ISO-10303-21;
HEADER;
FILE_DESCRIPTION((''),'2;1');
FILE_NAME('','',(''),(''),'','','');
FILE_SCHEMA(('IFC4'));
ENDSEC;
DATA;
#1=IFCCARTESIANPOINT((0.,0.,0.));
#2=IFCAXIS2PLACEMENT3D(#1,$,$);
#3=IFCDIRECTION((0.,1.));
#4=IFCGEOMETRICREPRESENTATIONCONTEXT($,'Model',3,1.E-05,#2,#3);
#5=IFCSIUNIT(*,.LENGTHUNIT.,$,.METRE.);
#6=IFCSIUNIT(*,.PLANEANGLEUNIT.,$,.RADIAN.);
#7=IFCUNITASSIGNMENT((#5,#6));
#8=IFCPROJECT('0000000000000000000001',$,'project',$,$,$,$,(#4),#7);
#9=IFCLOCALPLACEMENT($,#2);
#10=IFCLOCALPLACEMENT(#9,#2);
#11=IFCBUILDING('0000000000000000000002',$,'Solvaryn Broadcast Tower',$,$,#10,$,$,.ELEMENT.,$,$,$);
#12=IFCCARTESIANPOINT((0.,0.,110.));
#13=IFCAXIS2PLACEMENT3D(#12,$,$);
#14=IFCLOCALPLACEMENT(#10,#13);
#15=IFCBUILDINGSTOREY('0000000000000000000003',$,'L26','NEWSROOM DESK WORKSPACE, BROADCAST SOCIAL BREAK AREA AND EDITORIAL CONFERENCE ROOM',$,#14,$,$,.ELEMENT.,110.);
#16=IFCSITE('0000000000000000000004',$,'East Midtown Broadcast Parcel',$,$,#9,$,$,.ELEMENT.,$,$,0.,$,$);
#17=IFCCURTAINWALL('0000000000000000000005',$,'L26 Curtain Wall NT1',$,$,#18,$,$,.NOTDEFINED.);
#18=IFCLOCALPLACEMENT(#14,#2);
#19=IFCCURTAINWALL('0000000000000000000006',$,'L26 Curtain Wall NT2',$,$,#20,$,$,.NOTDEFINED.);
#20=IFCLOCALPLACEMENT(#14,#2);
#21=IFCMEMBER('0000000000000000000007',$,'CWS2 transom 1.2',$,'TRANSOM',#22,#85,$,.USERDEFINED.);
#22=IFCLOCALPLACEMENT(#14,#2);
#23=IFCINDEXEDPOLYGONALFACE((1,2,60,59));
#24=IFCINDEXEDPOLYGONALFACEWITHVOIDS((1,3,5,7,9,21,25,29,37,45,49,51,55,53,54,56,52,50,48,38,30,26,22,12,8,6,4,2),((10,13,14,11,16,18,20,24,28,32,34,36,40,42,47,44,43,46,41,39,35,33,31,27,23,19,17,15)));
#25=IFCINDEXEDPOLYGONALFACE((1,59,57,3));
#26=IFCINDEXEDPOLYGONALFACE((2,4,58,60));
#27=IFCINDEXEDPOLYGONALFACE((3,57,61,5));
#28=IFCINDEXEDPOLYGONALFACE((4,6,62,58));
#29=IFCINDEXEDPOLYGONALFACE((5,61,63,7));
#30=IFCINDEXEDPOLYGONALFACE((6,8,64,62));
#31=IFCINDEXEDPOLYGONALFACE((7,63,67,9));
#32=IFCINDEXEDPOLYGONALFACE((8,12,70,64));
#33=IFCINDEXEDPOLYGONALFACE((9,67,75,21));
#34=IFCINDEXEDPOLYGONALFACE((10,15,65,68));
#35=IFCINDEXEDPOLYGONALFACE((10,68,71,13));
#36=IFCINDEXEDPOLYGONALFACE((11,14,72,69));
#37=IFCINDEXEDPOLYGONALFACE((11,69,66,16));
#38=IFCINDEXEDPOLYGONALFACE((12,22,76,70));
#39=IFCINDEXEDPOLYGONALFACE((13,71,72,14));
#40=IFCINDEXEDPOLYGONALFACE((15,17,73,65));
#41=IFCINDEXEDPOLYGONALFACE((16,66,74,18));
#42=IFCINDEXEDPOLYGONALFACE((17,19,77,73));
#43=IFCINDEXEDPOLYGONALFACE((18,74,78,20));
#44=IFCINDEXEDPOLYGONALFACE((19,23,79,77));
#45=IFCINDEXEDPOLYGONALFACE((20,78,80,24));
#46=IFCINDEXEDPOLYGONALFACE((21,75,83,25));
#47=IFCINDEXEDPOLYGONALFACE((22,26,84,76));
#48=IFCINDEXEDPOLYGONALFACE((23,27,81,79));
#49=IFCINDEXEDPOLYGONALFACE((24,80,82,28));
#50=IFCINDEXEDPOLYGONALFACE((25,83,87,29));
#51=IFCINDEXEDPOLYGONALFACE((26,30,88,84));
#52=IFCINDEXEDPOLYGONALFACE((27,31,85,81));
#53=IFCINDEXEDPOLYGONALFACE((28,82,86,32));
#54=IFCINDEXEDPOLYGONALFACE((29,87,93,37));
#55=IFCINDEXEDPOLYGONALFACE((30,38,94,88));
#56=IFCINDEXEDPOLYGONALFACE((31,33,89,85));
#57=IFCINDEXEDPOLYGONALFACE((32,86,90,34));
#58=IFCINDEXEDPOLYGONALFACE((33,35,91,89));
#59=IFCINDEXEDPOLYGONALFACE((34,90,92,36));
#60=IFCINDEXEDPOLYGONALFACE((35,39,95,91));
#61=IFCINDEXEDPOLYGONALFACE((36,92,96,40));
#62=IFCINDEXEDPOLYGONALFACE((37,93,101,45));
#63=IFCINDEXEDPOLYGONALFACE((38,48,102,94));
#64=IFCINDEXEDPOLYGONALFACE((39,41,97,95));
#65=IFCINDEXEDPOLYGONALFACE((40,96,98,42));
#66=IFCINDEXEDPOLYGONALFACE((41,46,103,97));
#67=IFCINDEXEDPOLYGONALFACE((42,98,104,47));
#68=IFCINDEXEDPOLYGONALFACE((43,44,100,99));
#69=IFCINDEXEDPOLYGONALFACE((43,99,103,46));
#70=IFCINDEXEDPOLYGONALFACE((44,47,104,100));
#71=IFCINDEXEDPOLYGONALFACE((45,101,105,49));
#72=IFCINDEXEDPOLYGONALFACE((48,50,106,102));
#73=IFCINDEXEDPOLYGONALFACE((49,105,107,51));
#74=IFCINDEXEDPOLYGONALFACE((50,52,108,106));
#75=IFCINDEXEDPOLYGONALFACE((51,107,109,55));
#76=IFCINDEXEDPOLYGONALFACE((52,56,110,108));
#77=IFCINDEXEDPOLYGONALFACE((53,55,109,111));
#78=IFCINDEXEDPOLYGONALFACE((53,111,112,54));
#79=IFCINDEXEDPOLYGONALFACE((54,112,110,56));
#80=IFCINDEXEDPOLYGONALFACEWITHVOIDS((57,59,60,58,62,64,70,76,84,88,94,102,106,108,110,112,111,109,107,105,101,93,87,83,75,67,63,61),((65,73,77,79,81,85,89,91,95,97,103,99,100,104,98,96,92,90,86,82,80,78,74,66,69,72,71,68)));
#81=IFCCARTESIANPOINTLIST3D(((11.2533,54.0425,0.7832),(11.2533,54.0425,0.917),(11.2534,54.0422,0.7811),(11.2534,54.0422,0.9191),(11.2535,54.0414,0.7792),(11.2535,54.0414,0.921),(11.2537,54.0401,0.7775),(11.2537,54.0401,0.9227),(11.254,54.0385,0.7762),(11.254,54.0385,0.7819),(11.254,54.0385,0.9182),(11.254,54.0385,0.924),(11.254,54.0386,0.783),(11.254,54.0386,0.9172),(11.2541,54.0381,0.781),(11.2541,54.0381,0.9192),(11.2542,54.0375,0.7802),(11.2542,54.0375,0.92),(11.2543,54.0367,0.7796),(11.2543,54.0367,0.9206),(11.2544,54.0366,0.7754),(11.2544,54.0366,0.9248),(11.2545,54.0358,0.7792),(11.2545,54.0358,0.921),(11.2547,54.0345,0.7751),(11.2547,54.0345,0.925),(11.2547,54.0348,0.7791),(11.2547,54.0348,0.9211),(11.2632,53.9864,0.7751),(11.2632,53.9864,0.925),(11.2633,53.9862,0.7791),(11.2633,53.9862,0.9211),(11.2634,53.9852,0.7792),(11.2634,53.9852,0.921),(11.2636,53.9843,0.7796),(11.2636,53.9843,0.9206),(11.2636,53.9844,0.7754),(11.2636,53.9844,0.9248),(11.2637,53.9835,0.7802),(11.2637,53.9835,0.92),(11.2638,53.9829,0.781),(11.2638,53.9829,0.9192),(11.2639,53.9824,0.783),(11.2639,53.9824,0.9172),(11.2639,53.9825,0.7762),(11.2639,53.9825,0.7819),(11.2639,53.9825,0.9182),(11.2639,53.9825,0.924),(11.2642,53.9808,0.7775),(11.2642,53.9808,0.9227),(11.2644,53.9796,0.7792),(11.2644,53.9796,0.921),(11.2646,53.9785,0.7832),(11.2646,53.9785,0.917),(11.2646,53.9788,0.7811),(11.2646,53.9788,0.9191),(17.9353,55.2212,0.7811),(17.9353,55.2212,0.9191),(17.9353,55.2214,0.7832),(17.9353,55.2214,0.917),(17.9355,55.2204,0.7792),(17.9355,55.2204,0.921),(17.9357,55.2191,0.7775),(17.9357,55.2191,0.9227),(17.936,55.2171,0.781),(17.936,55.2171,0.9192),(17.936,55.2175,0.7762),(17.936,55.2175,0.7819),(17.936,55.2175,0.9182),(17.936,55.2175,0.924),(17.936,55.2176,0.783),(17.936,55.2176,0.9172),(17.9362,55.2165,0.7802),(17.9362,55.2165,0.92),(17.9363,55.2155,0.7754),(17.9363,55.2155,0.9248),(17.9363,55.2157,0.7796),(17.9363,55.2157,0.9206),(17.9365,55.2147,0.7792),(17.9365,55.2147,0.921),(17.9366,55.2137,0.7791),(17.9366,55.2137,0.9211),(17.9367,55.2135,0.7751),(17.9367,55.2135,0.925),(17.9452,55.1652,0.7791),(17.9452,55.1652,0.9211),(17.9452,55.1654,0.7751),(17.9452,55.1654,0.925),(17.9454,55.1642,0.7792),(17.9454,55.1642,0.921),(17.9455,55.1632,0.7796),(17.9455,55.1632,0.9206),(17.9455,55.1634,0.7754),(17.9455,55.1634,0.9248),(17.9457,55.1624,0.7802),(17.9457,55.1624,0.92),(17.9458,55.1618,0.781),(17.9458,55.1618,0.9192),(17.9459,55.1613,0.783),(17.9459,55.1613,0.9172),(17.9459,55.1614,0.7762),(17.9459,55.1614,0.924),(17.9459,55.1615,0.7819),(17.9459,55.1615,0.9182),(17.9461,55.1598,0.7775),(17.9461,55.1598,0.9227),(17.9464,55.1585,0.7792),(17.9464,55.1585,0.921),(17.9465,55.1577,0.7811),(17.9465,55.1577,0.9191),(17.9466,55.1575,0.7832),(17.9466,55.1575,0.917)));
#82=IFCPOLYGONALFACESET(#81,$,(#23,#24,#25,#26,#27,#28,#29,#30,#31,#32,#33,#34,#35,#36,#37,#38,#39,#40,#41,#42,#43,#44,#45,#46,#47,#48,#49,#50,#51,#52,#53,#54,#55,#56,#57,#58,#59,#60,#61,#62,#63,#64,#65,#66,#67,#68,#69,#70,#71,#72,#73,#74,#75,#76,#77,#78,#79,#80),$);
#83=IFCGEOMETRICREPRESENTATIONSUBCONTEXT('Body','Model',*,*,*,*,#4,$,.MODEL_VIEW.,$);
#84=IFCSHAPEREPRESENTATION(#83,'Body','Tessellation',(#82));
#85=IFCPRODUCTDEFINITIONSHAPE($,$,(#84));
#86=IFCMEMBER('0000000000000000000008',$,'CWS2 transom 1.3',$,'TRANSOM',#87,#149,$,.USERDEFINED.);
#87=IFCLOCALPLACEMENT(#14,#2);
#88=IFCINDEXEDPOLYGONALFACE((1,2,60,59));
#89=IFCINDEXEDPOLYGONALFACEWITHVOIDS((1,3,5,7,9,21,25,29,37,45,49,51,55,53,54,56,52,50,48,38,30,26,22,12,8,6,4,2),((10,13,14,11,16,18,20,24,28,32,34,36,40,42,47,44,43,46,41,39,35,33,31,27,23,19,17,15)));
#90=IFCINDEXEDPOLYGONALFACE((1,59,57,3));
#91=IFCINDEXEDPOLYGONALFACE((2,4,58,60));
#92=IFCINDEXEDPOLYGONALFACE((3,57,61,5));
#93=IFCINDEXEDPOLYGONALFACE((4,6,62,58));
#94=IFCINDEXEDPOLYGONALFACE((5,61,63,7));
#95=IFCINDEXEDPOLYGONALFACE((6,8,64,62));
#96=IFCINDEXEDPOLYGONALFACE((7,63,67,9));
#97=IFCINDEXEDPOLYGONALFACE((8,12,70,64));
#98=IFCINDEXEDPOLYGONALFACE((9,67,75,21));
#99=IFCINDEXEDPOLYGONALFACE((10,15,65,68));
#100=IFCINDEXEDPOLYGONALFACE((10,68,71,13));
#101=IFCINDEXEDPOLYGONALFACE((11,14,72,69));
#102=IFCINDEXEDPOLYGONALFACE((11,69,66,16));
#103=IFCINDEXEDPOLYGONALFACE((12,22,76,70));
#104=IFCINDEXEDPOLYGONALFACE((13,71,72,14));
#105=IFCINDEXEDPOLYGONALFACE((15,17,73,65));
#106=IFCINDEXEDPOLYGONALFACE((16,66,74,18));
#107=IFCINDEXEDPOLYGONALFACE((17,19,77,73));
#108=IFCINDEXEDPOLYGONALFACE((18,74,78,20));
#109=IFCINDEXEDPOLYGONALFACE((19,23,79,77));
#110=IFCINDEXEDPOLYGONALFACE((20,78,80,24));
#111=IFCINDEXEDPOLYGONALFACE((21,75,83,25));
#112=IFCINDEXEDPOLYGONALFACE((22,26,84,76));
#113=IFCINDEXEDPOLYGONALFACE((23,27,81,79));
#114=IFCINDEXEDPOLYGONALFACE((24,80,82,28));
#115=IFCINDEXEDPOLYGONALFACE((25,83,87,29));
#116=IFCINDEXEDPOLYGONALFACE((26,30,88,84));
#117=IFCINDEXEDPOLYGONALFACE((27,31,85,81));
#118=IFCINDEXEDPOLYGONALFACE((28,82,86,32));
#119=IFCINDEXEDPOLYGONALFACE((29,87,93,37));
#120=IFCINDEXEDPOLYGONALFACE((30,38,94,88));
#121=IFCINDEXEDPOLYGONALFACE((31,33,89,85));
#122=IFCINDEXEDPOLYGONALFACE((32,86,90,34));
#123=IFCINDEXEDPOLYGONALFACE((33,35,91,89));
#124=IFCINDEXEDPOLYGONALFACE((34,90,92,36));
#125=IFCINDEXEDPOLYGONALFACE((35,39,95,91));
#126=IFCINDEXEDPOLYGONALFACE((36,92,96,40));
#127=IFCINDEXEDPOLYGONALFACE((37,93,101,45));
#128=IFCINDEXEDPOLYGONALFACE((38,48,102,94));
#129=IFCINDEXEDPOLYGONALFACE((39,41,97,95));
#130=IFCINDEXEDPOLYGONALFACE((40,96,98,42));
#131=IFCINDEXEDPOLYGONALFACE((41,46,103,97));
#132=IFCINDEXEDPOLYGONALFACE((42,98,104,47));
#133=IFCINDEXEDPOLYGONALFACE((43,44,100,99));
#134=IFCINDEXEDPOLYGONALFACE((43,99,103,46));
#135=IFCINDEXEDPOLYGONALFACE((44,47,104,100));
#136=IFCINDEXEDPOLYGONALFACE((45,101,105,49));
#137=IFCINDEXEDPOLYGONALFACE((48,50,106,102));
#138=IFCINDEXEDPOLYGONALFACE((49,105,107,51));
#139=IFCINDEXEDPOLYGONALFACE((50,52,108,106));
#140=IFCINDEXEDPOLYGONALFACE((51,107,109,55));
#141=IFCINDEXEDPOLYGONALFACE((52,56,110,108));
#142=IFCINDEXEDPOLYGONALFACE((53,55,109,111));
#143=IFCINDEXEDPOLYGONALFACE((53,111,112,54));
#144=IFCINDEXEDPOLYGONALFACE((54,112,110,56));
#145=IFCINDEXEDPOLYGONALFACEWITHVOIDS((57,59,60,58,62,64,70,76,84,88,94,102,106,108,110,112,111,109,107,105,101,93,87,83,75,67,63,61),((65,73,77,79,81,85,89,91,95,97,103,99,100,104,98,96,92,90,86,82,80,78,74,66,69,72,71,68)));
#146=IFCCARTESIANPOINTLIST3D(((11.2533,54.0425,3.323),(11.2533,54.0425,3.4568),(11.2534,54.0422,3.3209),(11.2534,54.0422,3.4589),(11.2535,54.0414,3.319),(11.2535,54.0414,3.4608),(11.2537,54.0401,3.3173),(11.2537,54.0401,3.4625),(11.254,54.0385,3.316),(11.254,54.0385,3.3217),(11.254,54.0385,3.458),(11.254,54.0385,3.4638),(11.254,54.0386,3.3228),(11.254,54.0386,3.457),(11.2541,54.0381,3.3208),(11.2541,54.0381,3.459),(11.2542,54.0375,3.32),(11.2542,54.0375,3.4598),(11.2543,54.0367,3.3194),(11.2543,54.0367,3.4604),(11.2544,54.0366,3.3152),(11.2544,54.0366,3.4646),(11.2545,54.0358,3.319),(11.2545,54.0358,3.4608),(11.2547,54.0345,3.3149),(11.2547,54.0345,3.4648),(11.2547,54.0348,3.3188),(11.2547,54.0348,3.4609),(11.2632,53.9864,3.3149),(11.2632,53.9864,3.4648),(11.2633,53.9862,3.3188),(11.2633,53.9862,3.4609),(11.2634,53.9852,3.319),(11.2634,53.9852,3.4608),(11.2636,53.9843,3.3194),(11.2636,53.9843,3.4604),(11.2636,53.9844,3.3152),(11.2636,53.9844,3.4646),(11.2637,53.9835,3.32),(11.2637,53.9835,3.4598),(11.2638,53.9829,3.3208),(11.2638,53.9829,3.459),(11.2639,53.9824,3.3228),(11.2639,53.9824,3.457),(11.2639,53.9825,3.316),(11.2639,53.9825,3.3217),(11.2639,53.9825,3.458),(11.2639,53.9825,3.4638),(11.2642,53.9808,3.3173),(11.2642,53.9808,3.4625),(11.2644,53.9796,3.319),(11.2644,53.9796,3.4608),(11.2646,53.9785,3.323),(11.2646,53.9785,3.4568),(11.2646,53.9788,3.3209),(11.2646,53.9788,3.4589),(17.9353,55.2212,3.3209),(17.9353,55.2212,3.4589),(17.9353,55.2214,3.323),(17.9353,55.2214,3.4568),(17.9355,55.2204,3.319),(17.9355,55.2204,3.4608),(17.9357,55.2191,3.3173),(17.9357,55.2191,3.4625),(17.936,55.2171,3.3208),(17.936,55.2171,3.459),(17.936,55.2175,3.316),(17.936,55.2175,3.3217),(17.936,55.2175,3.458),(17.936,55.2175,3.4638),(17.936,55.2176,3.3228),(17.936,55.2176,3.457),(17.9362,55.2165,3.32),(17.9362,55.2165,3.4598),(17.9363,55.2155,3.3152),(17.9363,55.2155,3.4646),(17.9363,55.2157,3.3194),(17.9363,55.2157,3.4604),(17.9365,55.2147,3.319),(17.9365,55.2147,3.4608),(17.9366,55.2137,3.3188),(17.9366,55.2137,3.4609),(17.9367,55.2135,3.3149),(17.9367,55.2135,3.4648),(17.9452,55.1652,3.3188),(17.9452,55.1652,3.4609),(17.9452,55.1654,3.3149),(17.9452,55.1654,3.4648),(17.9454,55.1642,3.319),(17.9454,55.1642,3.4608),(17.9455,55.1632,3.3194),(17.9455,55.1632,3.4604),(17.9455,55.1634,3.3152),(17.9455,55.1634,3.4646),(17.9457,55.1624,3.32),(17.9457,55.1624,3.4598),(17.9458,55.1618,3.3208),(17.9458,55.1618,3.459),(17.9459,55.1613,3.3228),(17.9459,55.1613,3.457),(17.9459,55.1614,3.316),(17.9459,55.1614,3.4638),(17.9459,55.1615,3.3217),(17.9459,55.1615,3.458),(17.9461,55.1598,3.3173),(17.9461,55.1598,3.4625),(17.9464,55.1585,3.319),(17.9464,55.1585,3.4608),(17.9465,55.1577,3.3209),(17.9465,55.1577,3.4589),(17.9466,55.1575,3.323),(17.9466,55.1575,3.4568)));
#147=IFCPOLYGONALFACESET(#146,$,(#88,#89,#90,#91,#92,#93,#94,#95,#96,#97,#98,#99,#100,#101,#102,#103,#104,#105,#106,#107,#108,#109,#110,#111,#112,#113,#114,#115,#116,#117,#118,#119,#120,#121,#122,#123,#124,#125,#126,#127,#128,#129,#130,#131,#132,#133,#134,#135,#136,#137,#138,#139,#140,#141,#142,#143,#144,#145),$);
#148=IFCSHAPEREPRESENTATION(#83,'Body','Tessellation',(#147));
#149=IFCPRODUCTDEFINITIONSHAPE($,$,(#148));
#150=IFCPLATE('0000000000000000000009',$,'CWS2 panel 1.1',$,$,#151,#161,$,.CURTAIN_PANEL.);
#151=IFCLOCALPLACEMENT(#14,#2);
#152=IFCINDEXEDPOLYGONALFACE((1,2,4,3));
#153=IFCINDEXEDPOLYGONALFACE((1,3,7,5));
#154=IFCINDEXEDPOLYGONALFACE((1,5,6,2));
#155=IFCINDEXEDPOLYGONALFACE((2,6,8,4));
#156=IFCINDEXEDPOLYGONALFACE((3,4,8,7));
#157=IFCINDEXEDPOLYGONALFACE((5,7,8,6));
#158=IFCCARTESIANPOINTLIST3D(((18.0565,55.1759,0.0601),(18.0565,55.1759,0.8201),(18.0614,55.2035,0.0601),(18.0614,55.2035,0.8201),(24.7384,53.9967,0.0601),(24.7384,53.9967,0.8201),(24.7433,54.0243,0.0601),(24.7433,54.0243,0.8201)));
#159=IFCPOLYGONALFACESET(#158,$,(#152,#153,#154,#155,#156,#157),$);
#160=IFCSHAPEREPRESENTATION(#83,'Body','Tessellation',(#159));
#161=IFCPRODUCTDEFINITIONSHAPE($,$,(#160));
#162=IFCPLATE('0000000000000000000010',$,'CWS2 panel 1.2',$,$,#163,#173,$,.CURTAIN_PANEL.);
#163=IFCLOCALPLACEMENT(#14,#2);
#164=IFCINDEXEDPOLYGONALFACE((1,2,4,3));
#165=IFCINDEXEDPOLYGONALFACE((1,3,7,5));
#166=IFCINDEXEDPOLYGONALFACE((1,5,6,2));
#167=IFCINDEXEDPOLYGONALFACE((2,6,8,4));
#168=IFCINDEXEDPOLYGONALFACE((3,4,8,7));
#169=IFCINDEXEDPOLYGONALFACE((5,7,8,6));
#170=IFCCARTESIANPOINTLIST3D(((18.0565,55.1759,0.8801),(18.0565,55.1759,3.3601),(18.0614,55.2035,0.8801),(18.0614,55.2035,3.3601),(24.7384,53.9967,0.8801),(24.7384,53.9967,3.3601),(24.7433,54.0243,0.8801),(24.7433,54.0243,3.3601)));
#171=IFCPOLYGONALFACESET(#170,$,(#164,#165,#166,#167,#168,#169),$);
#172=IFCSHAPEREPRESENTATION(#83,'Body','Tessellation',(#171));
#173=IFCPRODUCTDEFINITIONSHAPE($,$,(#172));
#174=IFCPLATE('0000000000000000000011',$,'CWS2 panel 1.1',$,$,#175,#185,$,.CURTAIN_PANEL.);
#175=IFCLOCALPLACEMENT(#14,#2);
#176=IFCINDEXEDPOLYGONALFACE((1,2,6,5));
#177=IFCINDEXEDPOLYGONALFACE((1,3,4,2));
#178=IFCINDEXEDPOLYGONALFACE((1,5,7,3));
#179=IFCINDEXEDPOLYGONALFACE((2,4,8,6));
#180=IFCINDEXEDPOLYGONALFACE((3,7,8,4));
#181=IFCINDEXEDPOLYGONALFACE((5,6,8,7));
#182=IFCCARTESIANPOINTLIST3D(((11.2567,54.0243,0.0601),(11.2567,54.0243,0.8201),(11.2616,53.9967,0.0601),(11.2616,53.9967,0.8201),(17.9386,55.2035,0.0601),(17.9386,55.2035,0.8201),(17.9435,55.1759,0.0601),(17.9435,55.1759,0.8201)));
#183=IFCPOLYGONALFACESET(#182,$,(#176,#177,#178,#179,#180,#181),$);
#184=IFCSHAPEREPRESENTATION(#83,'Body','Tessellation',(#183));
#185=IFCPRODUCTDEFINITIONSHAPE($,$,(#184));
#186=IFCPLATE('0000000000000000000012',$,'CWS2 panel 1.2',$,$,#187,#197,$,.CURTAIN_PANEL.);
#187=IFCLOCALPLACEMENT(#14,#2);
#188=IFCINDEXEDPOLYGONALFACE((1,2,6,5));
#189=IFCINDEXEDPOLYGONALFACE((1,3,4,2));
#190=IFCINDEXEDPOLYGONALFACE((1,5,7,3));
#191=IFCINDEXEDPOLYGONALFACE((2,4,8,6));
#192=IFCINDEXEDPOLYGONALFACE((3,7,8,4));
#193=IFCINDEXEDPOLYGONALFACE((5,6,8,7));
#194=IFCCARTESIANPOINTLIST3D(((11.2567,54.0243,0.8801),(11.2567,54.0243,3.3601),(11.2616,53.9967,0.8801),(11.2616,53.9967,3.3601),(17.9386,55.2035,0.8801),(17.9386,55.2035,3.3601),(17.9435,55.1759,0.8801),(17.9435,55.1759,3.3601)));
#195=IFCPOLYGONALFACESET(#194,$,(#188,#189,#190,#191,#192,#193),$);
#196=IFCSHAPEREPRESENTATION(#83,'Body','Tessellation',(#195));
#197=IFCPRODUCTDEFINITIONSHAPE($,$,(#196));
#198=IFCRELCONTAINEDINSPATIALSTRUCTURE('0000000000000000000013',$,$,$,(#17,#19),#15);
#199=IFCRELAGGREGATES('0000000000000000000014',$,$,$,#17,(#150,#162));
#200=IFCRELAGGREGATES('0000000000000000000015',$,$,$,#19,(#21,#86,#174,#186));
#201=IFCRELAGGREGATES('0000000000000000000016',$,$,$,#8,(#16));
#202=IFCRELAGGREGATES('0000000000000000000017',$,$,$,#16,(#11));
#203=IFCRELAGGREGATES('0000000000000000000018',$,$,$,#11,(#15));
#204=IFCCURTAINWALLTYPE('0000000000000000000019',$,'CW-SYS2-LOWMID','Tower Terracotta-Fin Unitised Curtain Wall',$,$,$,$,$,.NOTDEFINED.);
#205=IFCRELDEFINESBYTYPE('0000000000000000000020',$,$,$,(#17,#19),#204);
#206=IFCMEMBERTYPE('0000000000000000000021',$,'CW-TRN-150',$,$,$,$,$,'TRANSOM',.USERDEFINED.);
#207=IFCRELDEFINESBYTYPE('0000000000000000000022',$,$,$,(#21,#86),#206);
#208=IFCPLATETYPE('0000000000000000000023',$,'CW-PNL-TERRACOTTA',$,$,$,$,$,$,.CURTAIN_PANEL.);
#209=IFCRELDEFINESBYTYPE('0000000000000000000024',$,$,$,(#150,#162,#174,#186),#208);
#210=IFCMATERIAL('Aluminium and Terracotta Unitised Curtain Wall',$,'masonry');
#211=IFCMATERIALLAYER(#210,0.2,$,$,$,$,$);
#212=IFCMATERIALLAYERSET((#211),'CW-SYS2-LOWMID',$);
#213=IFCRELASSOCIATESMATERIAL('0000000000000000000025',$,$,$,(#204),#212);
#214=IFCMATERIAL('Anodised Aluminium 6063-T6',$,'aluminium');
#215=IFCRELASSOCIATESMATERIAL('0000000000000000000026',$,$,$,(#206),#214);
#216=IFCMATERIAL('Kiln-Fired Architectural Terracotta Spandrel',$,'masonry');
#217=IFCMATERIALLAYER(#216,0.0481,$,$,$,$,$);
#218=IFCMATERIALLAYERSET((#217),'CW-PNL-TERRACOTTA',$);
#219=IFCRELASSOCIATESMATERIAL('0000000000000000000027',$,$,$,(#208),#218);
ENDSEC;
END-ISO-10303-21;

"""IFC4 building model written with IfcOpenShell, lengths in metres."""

from ifc_helpers import new_model, si_unit, direction, frame, origin, origin_2d, place, context, subcontext, project, spatial, rectangle, hollow_rectangle, extrude, material, layer, layer_set, material_profile, profile_set, type_object, element, aggregate, save


model = new_model("IFC4")

# Units and contexts
model_context = context("Model", 3, precision=1e-05, world=origin(), true_north=direction((0.0, 1.0)))
body_context = subcontext(model_context, "Body", "Model", "MODEL_VIEW")
ifc_project = project(units=[si_unit("LENGTHUNIT", "METRE"), si_unit("PLANEANGLEUNIT", "RADIAN")], contexts=[model_context])

# Site, building, storey
site_placement = place(None, origin())
site = spatial("IfcSite", under=ifc_project, at=site_placement, Name="East Midtown Broadcast Parcel", CompositionType="ELEMENT", RefElevation=0.0)
building_placement = place(site_placement, origin())
building = spatial("IfcBuilding", under=site, at=building_placement, Name="Solvaryn Broadcast Tower", CompositionType="ELEMENT")
storey_placement = place(building_placement, frame((0.0, 0.0, 110.0)))
storey = spatial("IfcBuildingStorey", under=building, at=storey_placement, Name="L26", Description="NEWSROOM DESK WORKSPACE, BROADCAST SOCIAL BREAK AREA AND EDITORIAL CONFERENCE ROOM", CompositionType="ELEMENT", Elevation=110.0)

# Curtain wall
ifc_material_1 = material(Name="Aluminium and Terracotta Unitised Curtain Wall", Category="masonry")
ifc_layer_1 = layer(ifc_material_1, 0.2)
ifc_layer_set_1 = layer_set([ifc_layer_1], Name="CW-SYS2-LOWMID")
curtain_wall_type = type_object("IfcCurtainWallType", Name="CW-SYS2-LOWMID", Description="Tower Terracotta-Fin Unitised Curtain Wall", PredefinedType="NOTDEFINED", material=ifc_layer_set_1)
curtain_wall_1_placement = place(storey_placement, origin())
curtain_wall_1 = element("IfcCurtainWall", 1, at=curtain_wall_1_placement, inside=storey, type_object=curtain_wall_type, Name="L26 Curtain Wall NT1", PredefinedType="NOTDEFINED")

# Curtain wall, members
curtain_wall_2_placement = place(storey_placement, origin())
curtain_wall_2 = element("IfcCurtainWall", 2, at=curtain_wall_2_placement, inside=storey, type_object=curtain_wall_type, Name="L26 Curtain Wall NT2", PredefinedType="NOTDEFINED")
ifc_material_2 = material(Name="Anodised Aluminium 6063-T6", Category="aluminium")
ifc_material_profile_1 = material_profile(ifc_material_2, hollow_rectangle(XDim=0.0649, YDim=0.1499, WallThickness=0.0039, InnerFilletRadius=0.0039, OuterFilletRadius=0.0081, at=origin_2d()))
ifc_profile_set_1 = profile_set([ifc_material_profile_1], Name="Anodised Aluminium 6063-T6")
member_type_1 = type_object("IfcMemberType", Name="CW-TRN-150", ElementType="TRANSOM", PredefinedType="USERDEFINED", material=ifc_profile_set_1)
member_1_placement = place(storey_placement, frame((17.9409, 55.1895, 0.8501), z_axis=(-0.984789, -0.173757, 0.0), x_axis=(0.173757, -0.984789, 0.0)))
member_1 = element("IfcMember", 3, at=member_1_placement, type_object=member_type_1, Name="CWS2 transom 1.2", ObjectType="TRANSOM", PredefinedType="USERDEFINED", context=body_context, shape_type="SweptSolid", body=[
    extrude(hollow_rectangle(XDim=0.0649, YDim=0.1499, WallThickness=0.0039, InnerFilletRadius=0.0039, OuterFilletRadius=0.0081, at=origin_2d()), origin(), (0.0, 0.0, 1.0), 6.7852),
])
member_2_placement = place(storey_placement, frame((17.9409, 55.1895, 3.3899), z_axis=(-0.984789, -0.173757, 0.0), x_axis=(0.173757, -0.984789, 0.0)))
member_2 = element("IfcMember", 4, at=member_2_placement, type_object=member_type_1, Name="CWS2 transom 1.3", ObjectType="TRANSOM", PredefinedType="USERDEFINED", context=body_context, shape_type="SweptSolid", body=[
    extrude(hollow_rectangle(XDim=0.0649, YDim=0.1499, WallThickness=0.0039, InnerFilletRadius=0.0039, OuterFilletRadius=0.0081, at=origin_2d()), origin(), (0.0, 0.0, 1.0), 6.7852),
])

# Plates
ifc_material_3 = material(Name="Kiln-Fired Architectural Terracotta Spandrel", Category="masonry")
ifc_layer_2 = layer(ifc_material_3, 0.0481)
ifc_layer_set_2 = layer_set([ifc_layer_2], Name="CW-PNL-TERRACOTTA")
plate_type = type_object("IfcPlateType", Name="CW-PNL-TERRACOTTA", PredefinedType="CURTAIN_PANEL", material=ifc_layer_set_2)
plate_1_placement = place(storey_placement, frame((21.3999, 54.6001, 0.0601), z_axis=(0.0, 0.0, 1.0), x_axis=(-0.984784, 0.173785, 0.0)))
plate_1 = element("IfcPlate", 5, at=plate_1_placement, type_object=plate_type, Name="CWS2 panel 1.1", PredefinedType="CURTAIN_PANEL", context=body_context, shape_type="SweptSolid", body=[
    extrude(rectangle(XDim=6.7852, YDim=0.0281, at=origin_2d()), origin(), (0.0, 0.0, 1.0), 0.76),
])
plate_2_placement = place(storey_placement, frame((21.3999, 54.6001, 0.8801), z_axis=(0.0, 0.0, 1.0), x_axis=(-0.984784, 0.173785, 0.0)))
plate_2 = element("IfcPlate", 6, at=plate_2_placement, type_object=plate_type, Name="CWS2 panel 1.2", PredefinedType="CURTAIN_PANEL", context=body_context, shape_type="SweptSolid", body=[
    extrude(rectangle(XDim=6.7852, YDim=0.0281, at=origin_2d()), origin(), (0.0, 0.0, 1.0), 2.48),
])
aggregate(curtain_wall_1, [plate_1, plate_2])
plate_3_placement = place(storey_placement, frame((14.6001, 54.6001, 0.0601), z_axis=(0.0, 0.0, 1.0), x_axis=(-0.984784, -0.173785, 0.0)))
plate_3 = element("IfcPlate", 7, at=plate_3_placement, type_object=plate_type, Name="CWS2 panel 1.1", PredefinedType="CURTAIN_PANEL", context=body_context, shape_type="SweptSolid", body=[
    extrude(rectangle(XDim=6.7852, YDim=0.0281, at=origin_2d()), origin(), (0.0, 0.0, 1.0), 0.76),
])
plate_4_placement = place(storey_placement, frame((14.6001, 54.6001, 0.8801), z_axis=(0.0, 0.0, 1.0), x_axis=(-0.984784, -0.173785, 0.0)))
plate_4 = element("IfcPlate", 8, at=plate_4_placement, type_object=plate_type, Name="CWS2 panel 1.2", PredefinedType="CURTAIN_PANEL", context=body_context, shape_type="SweptSolid", body=[
    extrude(rectangle(XDim=6.7852, YDim=0.0281, at=origin_2d()), origin(), (0.0, 0.0, 1.0), 2.48),
])
aggregate(curtain_wall_2, [member_1, member_2, plate_3, plate_4])

save(model, "model.ifc")
